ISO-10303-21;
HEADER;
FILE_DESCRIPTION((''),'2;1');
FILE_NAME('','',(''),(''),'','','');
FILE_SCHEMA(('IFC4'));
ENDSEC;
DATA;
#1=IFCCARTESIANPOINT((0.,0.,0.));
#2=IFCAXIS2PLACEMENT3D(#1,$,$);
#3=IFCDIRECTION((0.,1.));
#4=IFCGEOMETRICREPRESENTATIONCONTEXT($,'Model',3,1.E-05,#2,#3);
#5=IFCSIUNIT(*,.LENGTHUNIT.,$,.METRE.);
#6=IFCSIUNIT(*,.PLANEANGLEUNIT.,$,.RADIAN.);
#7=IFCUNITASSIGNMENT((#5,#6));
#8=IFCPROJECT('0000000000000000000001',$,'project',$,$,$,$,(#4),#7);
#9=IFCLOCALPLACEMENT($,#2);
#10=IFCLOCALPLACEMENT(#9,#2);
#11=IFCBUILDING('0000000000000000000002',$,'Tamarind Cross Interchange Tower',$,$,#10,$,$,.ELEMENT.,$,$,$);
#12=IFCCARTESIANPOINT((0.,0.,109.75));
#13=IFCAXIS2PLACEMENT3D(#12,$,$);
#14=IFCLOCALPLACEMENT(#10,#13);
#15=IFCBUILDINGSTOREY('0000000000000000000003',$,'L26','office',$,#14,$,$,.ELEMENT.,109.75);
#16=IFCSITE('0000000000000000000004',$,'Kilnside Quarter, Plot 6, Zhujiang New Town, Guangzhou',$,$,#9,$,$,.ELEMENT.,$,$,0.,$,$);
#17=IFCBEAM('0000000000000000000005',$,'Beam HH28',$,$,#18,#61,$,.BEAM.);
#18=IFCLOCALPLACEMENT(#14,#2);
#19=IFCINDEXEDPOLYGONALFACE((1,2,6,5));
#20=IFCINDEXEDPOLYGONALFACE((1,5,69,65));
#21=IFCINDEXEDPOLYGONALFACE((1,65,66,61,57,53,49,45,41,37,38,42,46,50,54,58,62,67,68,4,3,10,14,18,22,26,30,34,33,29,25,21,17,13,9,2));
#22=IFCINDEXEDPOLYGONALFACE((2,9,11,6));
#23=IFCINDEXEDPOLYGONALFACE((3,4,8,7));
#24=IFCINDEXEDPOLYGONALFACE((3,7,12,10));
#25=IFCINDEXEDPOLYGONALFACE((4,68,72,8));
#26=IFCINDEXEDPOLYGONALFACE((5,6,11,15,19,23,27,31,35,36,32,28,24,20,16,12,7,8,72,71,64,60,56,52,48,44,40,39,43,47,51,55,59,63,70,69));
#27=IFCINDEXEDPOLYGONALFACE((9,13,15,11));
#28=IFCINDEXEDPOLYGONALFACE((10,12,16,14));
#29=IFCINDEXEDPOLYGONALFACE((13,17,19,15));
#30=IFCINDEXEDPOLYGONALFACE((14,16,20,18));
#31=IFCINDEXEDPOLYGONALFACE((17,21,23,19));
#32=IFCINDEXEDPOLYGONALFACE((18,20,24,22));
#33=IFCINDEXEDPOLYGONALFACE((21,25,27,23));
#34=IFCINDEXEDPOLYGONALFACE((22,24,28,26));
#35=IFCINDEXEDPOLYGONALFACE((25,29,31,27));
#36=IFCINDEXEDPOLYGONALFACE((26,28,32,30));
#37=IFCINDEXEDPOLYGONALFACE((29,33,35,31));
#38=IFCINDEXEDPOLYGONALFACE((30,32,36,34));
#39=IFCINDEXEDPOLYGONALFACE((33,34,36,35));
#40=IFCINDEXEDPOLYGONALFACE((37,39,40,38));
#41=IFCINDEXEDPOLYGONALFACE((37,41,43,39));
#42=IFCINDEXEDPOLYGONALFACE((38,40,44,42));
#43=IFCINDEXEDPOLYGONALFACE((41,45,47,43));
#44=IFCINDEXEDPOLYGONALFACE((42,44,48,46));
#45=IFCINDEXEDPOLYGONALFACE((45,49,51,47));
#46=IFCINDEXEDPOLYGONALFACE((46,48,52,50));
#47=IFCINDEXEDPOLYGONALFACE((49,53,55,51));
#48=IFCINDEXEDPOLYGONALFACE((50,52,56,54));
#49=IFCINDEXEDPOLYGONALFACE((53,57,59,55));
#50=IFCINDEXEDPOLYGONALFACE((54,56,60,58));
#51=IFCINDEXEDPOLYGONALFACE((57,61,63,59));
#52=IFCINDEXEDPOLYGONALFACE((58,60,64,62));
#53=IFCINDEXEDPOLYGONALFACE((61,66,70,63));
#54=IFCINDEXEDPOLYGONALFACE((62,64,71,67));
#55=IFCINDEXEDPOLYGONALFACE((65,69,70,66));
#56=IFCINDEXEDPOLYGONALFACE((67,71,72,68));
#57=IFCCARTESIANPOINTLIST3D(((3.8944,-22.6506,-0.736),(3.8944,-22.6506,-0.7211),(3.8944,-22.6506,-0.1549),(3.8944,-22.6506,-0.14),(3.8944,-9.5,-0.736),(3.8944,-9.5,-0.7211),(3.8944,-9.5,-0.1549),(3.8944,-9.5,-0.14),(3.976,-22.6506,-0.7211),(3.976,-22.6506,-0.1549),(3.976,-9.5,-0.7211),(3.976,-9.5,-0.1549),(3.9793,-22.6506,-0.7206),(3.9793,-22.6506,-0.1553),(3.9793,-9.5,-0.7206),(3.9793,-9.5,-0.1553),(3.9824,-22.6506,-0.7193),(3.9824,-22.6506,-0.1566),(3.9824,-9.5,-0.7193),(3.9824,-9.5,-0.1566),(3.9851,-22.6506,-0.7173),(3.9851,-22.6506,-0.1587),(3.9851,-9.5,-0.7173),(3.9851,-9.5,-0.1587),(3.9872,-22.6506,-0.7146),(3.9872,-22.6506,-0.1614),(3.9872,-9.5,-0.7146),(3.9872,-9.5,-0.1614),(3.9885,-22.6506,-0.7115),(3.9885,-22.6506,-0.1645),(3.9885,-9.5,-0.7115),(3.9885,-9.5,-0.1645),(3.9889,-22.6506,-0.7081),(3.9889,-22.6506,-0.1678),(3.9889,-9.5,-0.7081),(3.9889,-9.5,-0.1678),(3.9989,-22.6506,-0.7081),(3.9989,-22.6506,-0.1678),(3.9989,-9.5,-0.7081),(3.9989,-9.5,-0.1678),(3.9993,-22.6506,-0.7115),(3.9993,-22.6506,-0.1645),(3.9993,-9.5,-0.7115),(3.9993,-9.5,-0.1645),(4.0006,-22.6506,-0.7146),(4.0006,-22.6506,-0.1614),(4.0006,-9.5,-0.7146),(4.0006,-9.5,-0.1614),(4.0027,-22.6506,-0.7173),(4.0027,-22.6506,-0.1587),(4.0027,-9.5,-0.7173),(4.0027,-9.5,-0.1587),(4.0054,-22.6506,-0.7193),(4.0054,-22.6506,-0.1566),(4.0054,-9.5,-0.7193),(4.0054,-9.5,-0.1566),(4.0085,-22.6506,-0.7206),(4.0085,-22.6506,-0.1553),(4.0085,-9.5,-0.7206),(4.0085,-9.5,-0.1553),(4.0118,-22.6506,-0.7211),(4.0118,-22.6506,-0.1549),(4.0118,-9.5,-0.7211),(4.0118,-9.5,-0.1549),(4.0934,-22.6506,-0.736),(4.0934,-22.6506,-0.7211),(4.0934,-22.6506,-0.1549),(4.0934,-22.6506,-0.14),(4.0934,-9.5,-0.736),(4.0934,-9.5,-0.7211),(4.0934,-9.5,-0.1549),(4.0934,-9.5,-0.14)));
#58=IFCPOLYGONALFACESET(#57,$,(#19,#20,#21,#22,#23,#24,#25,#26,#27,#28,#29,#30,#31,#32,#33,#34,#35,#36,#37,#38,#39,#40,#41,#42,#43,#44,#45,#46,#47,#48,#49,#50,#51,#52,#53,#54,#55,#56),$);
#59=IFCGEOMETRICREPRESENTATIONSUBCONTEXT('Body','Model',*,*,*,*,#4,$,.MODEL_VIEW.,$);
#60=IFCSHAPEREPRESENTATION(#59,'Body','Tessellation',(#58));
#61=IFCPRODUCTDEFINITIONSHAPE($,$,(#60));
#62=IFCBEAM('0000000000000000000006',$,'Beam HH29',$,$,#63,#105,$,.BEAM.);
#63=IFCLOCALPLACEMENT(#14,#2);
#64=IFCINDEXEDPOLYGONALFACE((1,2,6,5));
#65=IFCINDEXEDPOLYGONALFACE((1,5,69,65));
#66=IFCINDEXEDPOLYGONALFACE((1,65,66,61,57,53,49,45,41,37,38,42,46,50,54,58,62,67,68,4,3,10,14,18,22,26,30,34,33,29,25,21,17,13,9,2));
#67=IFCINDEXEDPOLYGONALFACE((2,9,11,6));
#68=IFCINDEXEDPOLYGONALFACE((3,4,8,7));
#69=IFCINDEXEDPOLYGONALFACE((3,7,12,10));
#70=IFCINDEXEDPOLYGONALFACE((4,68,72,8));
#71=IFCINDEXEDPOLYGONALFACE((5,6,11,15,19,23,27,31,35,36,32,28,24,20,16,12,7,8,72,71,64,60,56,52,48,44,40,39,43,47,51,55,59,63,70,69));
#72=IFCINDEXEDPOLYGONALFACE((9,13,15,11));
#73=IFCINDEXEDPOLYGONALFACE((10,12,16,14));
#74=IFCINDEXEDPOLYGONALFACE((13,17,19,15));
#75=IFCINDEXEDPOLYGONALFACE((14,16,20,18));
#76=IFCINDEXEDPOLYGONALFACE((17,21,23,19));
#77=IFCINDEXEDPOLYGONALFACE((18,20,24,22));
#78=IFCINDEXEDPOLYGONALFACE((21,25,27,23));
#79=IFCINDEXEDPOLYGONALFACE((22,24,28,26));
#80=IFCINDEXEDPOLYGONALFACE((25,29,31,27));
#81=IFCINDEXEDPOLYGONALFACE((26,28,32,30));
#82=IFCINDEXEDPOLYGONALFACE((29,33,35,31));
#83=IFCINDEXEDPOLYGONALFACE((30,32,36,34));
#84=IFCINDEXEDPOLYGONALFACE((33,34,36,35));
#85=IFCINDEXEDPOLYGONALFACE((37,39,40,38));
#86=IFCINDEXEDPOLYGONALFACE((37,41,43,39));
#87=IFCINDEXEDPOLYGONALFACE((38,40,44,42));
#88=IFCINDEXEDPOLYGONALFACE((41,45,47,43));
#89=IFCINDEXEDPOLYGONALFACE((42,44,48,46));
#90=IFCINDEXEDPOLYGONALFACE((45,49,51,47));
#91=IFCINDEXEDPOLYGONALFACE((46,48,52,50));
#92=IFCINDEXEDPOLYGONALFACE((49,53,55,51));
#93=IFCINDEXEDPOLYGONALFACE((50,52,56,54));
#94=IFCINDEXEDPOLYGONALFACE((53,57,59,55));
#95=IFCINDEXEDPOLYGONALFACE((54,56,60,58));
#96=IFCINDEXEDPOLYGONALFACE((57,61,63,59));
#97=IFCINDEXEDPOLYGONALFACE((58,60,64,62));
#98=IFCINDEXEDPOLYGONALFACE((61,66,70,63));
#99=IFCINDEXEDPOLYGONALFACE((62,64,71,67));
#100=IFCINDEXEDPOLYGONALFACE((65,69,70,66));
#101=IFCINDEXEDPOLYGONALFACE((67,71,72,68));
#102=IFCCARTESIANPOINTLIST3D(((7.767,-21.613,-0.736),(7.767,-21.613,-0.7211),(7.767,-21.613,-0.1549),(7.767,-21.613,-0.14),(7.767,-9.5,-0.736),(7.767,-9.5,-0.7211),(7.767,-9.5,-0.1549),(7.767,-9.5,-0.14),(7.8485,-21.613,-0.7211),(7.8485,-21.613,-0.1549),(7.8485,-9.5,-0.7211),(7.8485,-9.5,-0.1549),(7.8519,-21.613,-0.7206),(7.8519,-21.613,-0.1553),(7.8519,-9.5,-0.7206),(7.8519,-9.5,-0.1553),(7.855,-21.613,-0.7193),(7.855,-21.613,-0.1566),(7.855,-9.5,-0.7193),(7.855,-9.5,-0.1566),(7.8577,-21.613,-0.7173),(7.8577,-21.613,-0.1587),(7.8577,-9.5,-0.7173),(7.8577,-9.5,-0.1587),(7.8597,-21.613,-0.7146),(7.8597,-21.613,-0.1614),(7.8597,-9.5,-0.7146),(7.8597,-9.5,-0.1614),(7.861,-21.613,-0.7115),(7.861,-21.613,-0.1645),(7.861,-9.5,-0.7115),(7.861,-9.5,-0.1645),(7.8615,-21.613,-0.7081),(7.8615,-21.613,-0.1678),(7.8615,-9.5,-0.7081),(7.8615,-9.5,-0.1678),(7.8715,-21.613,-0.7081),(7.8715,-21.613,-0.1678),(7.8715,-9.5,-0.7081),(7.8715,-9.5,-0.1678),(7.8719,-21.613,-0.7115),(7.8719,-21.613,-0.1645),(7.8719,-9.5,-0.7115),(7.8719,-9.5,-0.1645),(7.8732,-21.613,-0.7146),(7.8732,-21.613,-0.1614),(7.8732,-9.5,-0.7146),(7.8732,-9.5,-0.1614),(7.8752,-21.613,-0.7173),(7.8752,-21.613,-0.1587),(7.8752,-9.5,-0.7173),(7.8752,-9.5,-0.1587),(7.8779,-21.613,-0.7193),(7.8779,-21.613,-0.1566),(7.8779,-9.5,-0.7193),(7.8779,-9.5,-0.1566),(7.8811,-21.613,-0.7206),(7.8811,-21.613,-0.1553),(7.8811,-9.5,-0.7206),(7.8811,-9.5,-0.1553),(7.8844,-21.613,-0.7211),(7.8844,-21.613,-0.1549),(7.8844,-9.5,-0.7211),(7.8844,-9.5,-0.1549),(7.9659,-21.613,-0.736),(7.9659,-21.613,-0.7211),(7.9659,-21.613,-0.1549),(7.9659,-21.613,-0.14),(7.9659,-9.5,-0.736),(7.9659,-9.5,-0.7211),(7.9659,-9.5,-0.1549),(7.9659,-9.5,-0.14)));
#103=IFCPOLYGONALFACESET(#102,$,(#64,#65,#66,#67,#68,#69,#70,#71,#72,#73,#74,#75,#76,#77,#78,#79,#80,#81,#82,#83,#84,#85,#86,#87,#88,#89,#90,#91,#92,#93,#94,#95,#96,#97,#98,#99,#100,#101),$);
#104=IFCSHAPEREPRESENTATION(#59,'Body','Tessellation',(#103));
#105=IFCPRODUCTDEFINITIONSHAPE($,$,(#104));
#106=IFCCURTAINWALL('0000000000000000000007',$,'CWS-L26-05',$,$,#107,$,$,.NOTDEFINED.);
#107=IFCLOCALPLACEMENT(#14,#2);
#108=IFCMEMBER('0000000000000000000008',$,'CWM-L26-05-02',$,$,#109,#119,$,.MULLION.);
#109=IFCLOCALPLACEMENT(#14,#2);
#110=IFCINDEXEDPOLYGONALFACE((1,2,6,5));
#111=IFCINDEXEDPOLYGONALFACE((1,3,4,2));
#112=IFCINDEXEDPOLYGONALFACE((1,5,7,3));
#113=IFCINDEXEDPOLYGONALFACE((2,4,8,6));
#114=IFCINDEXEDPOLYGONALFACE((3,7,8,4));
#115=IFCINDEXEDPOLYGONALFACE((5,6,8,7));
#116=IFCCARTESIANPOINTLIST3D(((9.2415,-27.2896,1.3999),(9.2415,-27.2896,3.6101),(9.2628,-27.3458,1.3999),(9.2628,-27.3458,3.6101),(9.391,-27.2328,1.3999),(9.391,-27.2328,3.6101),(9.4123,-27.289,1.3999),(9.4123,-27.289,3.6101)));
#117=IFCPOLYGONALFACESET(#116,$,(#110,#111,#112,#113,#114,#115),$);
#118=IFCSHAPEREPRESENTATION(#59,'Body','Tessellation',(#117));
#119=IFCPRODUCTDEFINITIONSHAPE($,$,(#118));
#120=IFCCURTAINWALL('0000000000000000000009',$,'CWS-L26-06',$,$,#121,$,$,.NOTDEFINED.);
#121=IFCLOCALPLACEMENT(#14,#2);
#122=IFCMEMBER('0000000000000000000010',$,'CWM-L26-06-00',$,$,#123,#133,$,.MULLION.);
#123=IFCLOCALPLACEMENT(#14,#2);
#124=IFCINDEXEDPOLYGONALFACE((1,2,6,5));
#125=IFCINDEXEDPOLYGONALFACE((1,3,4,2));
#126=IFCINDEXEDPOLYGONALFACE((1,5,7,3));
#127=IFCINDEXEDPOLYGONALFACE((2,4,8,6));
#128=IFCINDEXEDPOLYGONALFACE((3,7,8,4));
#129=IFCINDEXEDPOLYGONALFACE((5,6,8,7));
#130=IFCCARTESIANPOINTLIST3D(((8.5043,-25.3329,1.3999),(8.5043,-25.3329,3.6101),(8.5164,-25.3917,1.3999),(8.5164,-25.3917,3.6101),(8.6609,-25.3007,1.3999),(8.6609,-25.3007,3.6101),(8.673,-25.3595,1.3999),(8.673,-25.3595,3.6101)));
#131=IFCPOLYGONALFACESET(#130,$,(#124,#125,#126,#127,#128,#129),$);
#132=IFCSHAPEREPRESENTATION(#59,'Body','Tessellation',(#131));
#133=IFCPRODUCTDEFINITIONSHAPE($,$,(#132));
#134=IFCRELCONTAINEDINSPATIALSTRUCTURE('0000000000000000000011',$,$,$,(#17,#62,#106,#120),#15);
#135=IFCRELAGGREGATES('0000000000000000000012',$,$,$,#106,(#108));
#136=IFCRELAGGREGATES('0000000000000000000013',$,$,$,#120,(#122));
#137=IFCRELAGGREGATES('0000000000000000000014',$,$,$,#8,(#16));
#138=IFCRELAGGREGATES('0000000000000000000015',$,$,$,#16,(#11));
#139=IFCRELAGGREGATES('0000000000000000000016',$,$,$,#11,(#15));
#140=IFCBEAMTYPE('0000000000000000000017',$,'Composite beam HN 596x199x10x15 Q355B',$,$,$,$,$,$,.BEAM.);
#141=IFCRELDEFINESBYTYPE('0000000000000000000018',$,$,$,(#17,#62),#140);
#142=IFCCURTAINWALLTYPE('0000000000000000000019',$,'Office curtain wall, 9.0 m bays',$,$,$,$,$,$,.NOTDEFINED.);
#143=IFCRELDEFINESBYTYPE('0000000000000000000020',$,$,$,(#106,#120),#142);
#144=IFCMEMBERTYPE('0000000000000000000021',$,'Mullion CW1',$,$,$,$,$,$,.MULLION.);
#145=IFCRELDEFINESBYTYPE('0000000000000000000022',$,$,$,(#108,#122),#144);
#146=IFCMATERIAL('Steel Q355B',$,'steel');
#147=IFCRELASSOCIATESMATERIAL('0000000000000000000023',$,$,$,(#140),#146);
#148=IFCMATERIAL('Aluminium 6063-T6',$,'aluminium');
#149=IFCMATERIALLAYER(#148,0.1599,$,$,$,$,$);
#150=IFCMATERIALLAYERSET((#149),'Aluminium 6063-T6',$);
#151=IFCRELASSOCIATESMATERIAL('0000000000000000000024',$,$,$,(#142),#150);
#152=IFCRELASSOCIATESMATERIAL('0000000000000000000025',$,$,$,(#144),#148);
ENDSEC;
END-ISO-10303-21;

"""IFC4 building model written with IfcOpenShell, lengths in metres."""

from ifc_helpers import new_model, si_unit, direction, frame, origin, origin_2d, place, context, subcontext, project, spatial, rectangle, i_section, extrude, material, layer, layer_set, material_profile, profile_set, type_object, element, aggregate, save


model = new_model("IFC4")

# Units and contexts
model_context = context("Model", 3, precision=1e-05, world=origin(), true_north=direction((0.0, 1.0)))
body_context = subcontext(model_context, "Body", "Model", "MODEL_VIEW")
ifc_project = project(units=[si_unit("LENGTHUNIT", "METRE"), si_unit("PLANEANGLEUNIT", "RADIAN")], contexts=[model_context])

# Site, building, storey
site_placement = place(None, origin())
site = spatial("IfcSite", under=ifc_project, at=site_placement, Name="Kilnside Quarter, Plot 6, Zhujiang New Town, Guangzhou", CompositionType="ELEMENT", RefElevation=0.0)
building_placement = place(site_placement, origin())
building = spatial("IfcBuilding", under=site, at=building_placement, Name="Tamarind Cross Interchange Tower", CompositionType="ELEMENT")
storey_placement = place(building_placement, frame((0.0, 0.0, 109.75)))
storey = spatial("IfcBuildingStorey", under=building, at=storey_placement, Name="L26", Description="office", CompositionType="ELEMENT", Elevation=109.75)

# Beams
ifc_material_1 = material(Name="Steel Q355B", Category="steel")
ifc_material_profile_1 = material_profile(ifc_material_1, i_section(OverallWidth=0.199, OverallDepth=0.5959, WebThickness=0.01, FlangeThickness=0.0149, FilletRadius=0.0129, at=origin_2d()), Name="HN 596x199x10x15")
ifc_profile_set_1 = profile_set([ifc_material_profile_1], Name="Steel Q355B")
beam_type_1 = type_object("IfcBeamType", Name="Composite beam HN 596x199x10x15 Q355B", PredefinedType="BEAM", material=ifc_profile_set_1)
beam_1_placement = place(storey_placement, frame((3.9939, -22.6506, -0.438), z_axis=(0.0, 1.0, 0.0), x_axis=(-1.0, 0.0, 0.0)))
element("IfcBeam", 1, at=beam_1_placement, inside=storey, type_object=beam_type_1, Name="Beam HH28", PredefinedType="BEAM", context=body_context, shape_type="SweptSolid", body=[
    extrude(i_section(OverallWidth=0.199, OverallDepth=0.5959, WebThickness=0.01, FlangeThickness=0.0149, FilletRadius=0.0129, at=origin_2d()), origin(), (0.0, 0.0, 1.0), 13.1506),
])
beam_2_placement = place(storey_placement, frame((7.8665, -21.613, -0.438), z_axis=(0.0, 1.0, 0.0), x_axis=(-1.0, 0.0, 0.0)))
element("IfcBeam", 2, at=beam_2_placement, inside=storey, type_object=beam_type_1, Name="Beam HH29", PredefinedType="BEAM", context=body_context, shape_type="SweptSolid", body=[
    extrude(i_section(OverallWidth=0.199, OverallDepth=0.5959, WebThickness=0.01, FlangeThickness=0.0149, FilletRadius=0.0129, at=origin_2d()), origin(), (0.0, 0.0, 1.0), 12.113),
])

# Curtain walls, members
ifc_material_2 = material(Name="Aluminium 6063-T6", Category="aluminium")
ifc_layer_1 = layer(ifc_material_2, 0.1599)
ifc_layer_set_1 = layer_set([ifc_layer_1], Name="Aluminium 6063-T6")
curtain_wall_type = type_object("IfcCurtainWallType", Name="Office curtain wall, 9.0 m bays", PredefinedType="NOTDEFINED", material=ifc_layer_set_1)
curtain_wall_1_placement = place(storey_placement, origin())
curtain_wall_1 = element("IfcCurtainWall", 3, at=curtain_wall_1_placement, inside=storey, type_object=curtain_wall_type, Name="CWS-L26-05", PredefinedType="NOTDEFINED")
ifc_material_profile_2 = material_profile(ifc_material_2, rectangle(XDim=0.0601, YDim=0.1599, at=origin_2d()), Name="Mullion CW1")
ifc_profile_set_2 = profile_set([ifc_material_profile_2], Name="Aluminium 6063-T6")
member_type = type_object("IfcMemberType", Name="Mullion CW1", PredefinedType="MULLION", material=ifc_profile_set_2)
member_1_placement = place(storey_placement, frame((9.3269, -27.2893, 1.3999), z_axis=(0.0, 0.0, 1.0), x_axis=(-0.355186, 0.934796, 0.0)))
member_1 = element("IfcMember", 4, at=member_1_placement, type_object=member_type, Name="CWM-L26-05-02", PredefinedType="MULLION", context=body_context, shape_type="SweptSolid", body=[
    extrude(rectangle(XDim=0.0601, YDim=0.1599, at=origin_2d()), origin(), (0.0, 0.0, 1.0), 2.2102),
])
aggregate(curtain_wall_1, [member_1])
curtain_wall_2_placement = place(storey_placement, origin())
curtain_wall_2 = element("IfcCurtainWall", 5, at=curtain_wall_2_placement, inside=storey, type_object=curtain_wall_type, Name="CWS-L26-06", PredefinedType="NOTDEFINED")
member_2_placement = place(storey_placement, frame((8.5886, -25.3462, 1.3999), z_axis=(0.0, 0.0, 1.0), x_axis=(-0.201537, 0.979481, 0.0)))
member_2 = element("IfcMember", 6, at=member_2_placement, type_object=member_type, Name="CWM-L26-06-00", PredefinedType="MULLION", context=body_context, shape_type="SweptSolid", body=[
    extrude(rectangle(XDim=0.0601, YDim=0.1599, at=origin_2d()), origin(), (0.0, 0.0, 1.0), 2.2102),
])
aggregate(curtain_wall_2, [member_2])

save(model, "model.ifc")
